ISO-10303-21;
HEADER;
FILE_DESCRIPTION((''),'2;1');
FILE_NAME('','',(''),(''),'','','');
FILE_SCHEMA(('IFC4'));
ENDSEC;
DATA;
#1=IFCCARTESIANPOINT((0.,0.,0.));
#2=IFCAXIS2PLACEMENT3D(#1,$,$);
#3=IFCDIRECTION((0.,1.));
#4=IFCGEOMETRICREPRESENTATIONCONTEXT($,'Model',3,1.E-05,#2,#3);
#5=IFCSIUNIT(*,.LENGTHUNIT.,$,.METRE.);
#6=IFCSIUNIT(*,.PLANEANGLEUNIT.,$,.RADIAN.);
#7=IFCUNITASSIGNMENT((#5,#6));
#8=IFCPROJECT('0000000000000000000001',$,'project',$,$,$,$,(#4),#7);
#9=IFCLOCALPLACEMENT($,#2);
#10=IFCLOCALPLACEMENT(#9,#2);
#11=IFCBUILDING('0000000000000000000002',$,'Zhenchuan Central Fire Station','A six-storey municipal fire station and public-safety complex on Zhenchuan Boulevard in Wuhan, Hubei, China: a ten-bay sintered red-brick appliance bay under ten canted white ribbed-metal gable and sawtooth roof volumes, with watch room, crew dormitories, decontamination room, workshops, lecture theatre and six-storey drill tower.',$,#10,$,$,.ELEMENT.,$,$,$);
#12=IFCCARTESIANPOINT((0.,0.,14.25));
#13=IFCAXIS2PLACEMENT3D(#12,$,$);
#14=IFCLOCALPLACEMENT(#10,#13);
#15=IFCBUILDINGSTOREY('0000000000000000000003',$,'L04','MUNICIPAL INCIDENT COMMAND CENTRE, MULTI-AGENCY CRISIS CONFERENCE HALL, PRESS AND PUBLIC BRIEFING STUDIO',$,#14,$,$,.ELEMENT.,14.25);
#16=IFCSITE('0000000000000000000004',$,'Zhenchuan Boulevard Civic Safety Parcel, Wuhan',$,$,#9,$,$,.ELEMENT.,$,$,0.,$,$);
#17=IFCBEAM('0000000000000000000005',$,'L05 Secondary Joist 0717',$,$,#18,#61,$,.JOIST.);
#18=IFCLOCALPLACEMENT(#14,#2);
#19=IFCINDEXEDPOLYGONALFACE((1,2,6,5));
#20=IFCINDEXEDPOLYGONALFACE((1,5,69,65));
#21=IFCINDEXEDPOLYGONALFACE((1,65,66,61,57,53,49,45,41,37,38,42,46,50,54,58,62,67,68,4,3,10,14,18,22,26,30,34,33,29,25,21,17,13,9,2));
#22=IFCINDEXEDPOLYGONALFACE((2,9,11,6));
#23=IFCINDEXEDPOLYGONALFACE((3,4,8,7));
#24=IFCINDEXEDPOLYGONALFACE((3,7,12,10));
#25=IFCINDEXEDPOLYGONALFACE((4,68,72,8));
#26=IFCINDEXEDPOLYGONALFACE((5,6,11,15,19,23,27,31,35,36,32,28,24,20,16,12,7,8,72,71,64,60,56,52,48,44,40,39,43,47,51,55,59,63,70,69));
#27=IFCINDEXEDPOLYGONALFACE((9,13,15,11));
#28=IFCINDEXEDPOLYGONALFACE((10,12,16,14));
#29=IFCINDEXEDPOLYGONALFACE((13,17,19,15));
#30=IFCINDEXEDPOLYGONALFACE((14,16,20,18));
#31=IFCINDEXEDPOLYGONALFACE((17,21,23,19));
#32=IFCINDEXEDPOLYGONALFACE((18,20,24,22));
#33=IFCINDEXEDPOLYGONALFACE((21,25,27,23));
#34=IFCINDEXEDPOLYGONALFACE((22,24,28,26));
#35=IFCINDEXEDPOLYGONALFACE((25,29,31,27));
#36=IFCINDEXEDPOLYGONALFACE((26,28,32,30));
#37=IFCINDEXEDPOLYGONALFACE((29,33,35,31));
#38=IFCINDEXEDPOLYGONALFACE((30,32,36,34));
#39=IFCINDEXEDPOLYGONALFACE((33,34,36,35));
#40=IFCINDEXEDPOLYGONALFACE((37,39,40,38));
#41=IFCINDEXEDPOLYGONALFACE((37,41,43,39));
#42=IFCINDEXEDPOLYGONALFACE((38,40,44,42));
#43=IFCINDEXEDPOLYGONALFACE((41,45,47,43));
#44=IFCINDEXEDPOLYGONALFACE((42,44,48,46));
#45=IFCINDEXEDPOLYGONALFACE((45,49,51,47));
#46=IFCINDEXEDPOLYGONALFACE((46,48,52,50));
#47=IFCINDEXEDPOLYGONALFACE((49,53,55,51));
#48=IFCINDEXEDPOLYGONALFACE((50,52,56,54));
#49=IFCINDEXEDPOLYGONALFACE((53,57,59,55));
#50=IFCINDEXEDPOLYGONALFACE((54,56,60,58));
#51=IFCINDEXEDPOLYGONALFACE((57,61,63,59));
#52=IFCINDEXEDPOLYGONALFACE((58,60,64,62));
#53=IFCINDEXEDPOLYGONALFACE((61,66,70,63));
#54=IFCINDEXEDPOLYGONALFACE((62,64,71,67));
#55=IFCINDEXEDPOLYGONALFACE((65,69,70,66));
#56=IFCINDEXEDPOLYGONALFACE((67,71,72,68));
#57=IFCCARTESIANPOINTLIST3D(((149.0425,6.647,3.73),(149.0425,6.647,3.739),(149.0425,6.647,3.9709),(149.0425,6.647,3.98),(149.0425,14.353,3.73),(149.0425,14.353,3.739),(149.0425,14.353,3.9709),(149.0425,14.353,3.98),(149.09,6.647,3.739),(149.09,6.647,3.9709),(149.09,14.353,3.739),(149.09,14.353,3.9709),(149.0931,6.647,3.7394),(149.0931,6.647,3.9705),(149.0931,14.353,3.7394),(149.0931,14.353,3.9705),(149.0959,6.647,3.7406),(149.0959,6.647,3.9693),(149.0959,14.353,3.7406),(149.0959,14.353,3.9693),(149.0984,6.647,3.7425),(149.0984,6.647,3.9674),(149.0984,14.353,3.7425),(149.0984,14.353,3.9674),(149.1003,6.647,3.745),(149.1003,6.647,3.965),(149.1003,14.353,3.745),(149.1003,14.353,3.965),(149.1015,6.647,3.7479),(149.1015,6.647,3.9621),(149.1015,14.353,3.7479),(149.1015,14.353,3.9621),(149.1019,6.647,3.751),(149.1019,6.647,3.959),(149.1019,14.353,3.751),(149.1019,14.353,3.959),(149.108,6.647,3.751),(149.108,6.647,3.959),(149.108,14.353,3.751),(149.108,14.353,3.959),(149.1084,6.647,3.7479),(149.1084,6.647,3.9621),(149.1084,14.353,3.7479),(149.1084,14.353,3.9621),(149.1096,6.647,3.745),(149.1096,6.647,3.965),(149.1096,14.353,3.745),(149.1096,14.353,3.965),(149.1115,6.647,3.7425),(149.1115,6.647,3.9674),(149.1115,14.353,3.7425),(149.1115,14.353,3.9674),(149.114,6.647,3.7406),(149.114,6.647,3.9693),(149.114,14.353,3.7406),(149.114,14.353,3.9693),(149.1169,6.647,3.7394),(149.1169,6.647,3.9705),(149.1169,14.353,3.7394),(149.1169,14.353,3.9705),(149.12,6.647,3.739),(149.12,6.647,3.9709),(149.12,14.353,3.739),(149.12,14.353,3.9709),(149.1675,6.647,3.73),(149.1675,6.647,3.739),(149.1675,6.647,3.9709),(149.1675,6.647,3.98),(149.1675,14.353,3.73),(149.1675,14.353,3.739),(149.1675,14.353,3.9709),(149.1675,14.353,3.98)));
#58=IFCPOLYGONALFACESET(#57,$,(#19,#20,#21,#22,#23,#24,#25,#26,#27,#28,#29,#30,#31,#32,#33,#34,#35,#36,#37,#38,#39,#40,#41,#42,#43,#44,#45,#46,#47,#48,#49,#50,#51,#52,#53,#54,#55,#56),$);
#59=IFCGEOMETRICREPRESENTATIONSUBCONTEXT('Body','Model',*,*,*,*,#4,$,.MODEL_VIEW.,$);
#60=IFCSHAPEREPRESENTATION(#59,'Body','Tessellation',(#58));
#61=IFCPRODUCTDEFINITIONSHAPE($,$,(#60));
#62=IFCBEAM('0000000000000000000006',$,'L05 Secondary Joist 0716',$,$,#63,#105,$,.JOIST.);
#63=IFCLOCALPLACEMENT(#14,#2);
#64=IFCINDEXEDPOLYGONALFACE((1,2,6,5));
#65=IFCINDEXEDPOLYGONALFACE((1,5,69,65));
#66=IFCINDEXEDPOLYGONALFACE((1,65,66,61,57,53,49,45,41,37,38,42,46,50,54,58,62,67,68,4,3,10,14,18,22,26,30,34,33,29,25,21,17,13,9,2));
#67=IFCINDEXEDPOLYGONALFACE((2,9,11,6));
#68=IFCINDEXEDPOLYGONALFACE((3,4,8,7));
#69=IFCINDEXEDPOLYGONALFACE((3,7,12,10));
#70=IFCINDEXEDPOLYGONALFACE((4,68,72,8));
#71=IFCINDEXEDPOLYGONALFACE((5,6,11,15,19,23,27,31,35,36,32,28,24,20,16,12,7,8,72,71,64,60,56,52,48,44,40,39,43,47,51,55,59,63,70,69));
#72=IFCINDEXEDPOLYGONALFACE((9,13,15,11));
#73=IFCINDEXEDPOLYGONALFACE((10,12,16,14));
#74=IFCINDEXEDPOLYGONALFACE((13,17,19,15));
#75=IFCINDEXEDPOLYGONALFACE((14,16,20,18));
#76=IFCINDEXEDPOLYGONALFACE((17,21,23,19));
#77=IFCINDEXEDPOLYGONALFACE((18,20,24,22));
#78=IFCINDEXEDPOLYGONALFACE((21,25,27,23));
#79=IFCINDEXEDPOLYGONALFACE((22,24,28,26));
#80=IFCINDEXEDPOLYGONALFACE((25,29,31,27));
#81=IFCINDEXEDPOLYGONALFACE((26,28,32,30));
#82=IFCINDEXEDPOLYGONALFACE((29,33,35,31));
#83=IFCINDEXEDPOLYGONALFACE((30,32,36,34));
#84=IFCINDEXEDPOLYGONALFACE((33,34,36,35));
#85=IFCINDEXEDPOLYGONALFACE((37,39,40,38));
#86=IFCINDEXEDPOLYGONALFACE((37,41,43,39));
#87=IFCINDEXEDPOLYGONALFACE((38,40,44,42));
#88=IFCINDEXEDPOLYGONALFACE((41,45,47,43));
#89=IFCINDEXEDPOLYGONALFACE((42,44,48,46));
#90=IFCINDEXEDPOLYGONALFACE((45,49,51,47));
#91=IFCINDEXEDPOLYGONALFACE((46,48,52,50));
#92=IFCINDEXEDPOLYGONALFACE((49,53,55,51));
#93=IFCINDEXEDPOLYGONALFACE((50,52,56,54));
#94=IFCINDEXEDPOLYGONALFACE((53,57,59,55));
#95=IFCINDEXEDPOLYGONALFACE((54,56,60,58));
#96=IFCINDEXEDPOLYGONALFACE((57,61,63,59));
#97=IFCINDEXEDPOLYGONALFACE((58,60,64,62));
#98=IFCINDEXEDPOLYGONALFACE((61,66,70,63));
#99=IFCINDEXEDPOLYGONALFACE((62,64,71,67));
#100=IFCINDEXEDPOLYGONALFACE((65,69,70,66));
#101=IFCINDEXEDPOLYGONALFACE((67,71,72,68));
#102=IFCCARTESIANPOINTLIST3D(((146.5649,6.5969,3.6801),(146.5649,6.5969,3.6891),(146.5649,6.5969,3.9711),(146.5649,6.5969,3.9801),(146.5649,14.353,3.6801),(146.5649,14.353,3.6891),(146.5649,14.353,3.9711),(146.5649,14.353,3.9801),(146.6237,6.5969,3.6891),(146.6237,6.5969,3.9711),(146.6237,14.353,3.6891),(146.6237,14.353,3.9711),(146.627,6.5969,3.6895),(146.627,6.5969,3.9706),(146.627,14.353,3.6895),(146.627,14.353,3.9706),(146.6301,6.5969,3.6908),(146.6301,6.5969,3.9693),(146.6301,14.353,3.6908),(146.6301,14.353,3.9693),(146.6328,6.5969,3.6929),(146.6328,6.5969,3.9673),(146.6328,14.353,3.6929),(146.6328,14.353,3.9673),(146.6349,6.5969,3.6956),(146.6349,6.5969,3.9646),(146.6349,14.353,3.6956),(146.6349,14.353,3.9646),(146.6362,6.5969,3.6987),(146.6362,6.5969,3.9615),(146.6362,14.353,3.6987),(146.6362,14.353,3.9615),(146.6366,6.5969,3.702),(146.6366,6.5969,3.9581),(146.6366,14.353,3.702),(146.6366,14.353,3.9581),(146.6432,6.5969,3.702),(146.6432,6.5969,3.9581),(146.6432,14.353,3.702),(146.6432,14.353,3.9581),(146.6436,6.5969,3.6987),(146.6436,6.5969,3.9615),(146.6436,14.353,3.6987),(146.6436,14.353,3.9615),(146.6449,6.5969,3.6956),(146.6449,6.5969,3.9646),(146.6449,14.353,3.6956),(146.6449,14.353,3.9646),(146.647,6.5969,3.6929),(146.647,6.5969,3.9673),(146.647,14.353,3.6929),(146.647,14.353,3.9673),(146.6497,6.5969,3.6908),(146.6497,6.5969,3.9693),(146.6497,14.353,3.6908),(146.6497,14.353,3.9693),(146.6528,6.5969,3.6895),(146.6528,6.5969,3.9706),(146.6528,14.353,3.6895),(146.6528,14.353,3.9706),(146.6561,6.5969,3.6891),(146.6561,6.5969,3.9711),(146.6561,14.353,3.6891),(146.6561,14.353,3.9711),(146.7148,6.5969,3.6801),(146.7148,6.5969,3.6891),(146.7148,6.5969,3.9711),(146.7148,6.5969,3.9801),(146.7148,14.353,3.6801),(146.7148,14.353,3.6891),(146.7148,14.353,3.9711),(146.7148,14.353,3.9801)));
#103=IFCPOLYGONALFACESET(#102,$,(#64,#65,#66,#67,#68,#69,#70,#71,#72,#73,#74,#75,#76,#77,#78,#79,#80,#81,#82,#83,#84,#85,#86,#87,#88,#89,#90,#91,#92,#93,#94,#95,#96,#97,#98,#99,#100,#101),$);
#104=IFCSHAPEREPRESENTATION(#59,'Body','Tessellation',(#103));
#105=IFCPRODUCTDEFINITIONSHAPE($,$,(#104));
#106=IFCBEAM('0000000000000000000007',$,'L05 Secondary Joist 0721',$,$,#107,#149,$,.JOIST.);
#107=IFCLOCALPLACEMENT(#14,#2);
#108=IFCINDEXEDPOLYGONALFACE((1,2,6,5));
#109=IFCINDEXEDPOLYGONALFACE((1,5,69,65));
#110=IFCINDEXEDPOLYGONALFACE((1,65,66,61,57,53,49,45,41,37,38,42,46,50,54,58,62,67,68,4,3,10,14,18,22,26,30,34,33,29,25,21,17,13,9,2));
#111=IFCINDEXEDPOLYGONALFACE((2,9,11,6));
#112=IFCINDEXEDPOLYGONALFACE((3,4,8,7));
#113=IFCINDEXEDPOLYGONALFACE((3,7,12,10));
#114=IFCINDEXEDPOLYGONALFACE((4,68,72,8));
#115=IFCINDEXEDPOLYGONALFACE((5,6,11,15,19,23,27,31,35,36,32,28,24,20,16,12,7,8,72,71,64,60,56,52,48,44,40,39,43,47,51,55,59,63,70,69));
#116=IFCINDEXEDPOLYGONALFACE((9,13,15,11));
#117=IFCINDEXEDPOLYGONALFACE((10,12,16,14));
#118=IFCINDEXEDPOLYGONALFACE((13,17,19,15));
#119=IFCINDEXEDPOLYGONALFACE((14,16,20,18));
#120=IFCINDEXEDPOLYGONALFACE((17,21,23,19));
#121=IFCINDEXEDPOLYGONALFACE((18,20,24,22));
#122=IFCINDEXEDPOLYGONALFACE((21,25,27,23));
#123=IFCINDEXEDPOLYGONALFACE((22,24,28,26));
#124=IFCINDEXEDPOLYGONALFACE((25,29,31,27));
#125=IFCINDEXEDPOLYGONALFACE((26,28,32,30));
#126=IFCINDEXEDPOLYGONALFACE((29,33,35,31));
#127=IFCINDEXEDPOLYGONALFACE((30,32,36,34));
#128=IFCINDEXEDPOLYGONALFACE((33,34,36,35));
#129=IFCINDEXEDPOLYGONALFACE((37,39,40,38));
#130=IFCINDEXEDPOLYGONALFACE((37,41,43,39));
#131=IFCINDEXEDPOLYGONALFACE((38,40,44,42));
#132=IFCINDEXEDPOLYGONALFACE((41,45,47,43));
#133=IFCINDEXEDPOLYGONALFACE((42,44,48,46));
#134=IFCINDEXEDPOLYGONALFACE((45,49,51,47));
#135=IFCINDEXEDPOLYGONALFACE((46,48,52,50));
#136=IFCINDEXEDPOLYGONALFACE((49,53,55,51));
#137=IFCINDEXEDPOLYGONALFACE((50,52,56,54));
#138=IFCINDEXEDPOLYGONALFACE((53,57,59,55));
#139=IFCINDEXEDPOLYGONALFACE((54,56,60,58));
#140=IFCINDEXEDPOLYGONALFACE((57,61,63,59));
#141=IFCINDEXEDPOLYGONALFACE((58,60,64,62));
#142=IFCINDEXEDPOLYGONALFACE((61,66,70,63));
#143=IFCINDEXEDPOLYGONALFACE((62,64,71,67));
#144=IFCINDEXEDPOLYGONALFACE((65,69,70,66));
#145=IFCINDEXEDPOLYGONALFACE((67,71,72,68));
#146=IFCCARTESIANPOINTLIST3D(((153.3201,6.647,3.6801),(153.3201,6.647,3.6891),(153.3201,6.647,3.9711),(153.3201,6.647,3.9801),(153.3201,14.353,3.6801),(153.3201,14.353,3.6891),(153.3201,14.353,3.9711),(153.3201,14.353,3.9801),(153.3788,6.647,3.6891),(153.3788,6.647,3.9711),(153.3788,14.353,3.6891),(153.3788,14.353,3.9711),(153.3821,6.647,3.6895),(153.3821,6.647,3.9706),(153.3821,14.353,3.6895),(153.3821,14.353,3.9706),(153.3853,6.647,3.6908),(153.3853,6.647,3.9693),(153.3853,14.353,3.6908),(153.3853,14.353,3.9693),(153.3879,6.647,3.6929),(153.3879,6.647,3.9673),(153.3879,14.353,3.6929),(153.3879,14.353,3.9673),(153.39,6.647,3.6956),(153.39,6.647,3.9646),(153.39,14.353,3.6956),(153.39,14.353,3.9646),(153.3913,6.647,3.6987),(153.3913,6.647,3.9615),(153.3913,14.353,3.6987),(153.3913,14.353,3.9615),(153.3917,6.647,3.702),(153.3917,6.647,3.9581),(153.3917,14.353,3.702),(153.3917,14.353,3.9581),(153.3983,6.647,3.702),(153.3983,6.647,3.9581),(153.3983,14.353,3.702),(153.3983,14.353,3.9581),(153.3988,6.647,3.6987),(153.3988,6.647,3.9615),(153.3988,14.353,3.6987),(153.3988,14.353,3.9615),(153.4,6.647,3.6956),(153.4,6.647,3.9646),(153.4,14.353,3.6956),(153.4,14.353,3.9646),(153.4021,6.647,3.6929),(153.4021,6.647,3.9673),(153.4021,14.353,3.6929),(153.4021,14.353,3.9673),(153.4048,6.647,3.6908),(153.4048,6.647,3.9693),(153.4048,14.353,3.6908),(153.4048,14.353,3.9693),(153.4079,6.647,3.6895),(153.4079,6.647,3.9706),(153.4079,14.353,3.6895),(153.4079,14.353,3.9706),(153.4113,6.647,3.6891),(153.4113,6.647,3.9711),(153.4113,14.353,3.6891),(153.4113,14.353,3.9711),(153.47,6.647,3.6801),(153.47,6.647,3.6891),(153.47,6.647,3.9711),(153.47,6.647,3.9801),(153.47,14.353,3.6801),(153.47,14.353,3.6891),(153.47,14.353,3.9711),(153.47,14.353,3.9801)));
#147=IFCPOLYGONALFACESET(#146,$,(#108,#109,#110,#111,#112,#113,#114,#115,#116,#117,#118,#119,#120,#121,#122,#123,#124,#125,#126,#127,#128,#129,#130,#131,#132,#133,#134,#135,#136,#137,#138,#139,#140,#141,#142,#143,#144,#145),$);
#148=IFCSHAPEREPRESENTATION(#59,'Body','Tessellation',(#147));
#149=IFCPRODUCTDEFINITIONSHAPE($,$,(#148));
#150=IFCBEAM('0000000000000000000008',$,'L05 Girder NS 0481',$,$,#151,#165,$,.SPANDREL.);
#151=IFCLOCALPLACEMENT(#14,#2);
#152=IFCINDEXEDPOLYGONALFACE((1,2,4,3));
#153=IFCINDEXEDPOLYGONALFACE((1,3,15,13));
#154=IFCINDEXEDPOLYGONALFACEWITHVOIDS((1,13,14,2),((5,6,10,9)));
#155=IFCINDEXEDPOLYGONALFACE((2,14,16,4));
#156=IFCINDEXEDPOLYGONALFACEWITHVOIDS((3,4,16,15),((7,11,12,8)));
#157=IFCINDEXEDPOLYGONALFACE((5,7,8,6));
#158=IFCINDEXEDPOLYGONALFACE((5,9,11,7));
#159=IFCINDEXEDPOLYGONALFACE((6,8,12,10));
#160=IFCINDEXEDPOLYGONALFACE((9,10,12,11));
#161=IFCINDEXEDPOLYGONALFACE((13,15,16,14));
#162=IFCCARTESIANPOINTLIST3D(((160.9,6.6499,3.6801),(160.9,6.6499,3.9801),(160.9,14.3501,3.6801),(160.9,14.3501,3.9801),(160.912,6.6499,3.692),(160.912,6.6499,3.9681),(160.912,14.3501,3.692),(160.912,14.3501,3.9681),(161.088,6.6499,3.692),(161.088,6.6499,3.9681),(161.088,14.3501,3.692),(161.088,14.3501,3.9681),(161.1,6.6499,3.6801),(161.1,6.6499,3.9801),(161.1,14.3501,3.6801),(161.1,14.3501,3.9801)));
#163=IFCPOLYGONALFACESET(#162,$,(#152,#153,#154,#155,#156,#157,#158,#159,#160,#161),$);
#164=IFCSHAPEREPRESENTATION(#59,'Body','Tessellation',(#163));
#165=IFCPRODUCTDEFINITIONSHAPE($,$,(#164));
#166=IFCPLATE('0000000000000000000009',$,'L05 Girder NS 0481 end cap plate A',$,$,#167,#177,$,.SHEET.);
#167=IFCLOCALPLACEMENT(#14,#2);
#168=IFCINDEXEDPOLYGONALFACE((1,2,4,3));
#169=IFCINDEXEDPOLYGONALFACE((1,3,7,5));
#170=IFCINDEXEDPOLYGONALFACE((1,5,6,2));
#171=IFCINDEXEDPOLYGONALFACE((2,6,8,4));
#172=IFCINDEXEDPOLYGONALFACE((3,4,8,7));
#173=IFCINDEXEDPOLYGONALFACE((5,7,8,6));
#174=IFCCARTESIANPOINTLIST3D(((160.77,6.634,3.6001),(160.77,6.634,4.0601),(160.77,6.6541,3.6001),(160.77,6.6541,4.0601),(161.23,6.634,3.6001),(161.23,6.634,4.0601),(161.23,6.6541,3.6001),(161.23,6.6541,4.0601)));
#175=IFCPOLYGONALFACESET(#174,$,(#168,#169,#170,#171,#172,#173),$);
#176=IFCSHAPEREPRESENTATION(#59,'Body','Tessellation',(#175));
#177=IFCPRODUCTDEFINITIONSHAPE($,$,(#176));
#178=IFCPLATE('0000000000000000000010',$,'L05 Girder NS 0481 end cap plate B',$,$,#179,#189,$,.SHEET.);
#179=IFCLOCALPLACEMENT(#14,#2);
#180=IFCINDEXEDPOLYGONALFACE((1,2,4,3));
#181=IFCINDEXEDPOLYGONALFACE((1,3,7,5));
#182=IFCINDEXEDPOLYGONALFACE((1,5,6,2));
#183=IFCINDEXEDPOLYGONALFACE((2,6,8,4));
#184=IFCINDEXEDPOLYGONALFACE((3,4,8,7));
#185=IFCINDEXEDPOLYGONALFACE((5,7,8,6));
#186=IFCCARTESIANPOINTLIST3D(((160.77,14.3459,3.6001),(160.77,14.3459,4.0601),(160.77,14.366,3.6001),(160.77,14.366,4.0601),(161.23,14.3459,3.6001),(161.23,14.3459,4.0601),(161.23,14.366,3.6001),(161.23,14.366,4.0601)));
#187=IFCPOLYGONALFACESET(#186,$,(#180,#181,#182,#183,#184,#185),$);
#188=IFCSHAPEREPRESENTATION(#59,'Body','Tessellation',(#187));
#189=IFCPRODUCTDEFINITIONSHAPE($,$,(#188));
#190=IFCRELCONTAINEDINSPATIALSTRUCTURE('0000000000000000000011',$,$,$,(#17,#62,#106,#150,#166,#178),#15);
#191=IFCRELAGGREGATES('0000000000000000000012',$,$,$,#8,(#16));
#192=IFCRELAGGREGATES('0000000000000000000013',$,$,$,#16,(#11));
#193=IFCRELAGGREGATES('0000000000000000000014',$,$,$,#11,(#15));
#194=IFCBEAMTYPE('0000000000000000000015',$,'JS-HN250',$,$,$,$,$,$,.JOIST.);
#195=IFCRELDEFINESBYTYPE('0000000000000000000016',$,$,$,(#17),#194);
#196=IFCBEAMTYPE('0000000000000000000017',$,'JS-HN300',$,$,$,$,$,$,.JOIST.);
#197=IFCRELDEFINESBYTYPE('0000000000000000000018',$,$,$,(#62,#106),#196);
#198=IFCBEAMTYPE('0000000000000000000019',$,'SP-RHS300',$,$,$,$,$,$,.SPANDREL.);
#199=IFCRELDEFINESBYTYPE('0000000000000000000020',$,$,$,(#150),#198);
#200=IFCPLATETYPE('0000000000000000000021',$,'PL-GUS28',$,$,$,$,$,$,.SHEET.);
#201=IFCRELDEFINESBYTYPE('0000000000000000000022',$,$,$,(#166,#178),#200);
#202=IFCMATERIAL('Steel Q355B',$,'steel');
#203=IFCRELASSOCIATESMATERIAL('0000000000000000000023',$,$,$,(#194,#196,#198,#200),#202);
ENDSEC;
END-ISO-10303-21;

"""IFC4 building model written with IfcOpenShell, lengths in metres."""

from ifc_helpers import new_model, si_unit, direction, frame, origin, origin_2d, place, context, subcontext, project, spatial, rectangle, hollow_rectangle, i_section, extrude, material, material_profile, profile_set, type_object, element, save


model = new_model("IFC4")

# Units and contexts
model_context = context("Model", 3, precision=1e-05, world=origin(), true_north=direction((0.0, 1.0)))
body_context = subcontext(model_context, "Body", "Model", "MODEL_VIEW")
ifc_project = project(units=[si_unit("LENGTHUNIT", "METRE"), si_unit("PLANEANGLEUNIT", "RADIAN")], contexts=[model_context])

# Site, building, storey
site_placement = place(None, origin())
site = spatial("IfcSite", under=ifc_project, at=site_placement, Name="Zhenchuan Boulevard Civic Safety Parcel, Wuhan", CompositionType="ELEMENT", RefElevation=0.0)
building_placement = place(site_placement, origin())
building = spatial("IfcBuilding", under=site, at=building_placement, Name="Zhenchuan Central Fire Station", Description="A six-storey municipal fire station and public-safety complex on Zhenchuan Boulevard in Wuhan, Hubei, China: a ten-bay sintered red-brick appliance bay under ten canted white ribbed-metal gable and sawtooth roof volumes, with watch room, crew dormitories, decontamination room, workshops, lecture theatre and six-storey drill tower.", CompositionType="ELEMENT")
storey_placement = place(building_placement, frame((0.0, 0.0, 14.25)))
storey = spatial("IfcBuildingStorey", under=building, at=storey_placement, Name="L04", Description="MUNICIPAL INCIDENT COMMAND CENTRE, MULTI-AGENCY CRISIS CONFERENCE HALL, PRESS AND PUBLIC BRIEFING STUDIO", CompositionType="ELEMENT", Elevation=14.25)

# Shared definitions
ifc_material_1 = material(Name="Steel Q355B", Category="steel")

# Beams
ifc_material_profile_1 = material_profile(ifc_material_1, i_section(OverallWidth=0.125, OverallDepth=0.25, WebThickness=0.0061, FlangeThickness=0.009, FilletRadius=0.012, at=origin_2d()), Name="HN 250x125")
ifc_profile_set_1 = profile_set([ifc_material_profile_1], Name="Steel Q355B")
beam_type_1 = type_object("IfcBeamType", Name="JS-HN250", PredefinedType="JOIST", material=ifc_profile_set_1)
beam_1_placement = place(storey_placement, frame((149.105, 6.647, 3.855), z_axis=(0.0, 1.0, 0.0), x_axis=(-1.0, 0.0, 0.0)))
element("IfcBeam", 1, at=beam_1_placement, inside=storey, type_object=beam_type_1, Name="L05 Secondary Joist 0717", PredefinedType="JOIST", context=body_context, shape_type="SweptSolid", body=[
    extrude(i_section(OverallWidth=0.125, OverallDepth=0.25, WebThickness=0.0061, FlangeThickness=0.009, FilletRadius=0.012, at=origin_2d()), origin(), (0.0, 0.0, 1.0), 7.7061),
])
ifc_material_profile_2 = material_profile(ifc_material_1, i_section(OverallWidth=0.1499, OverallDepth=0.3, WebThickness=0.0066, FlangeThickness=0.009, FilletRadius=0.0129, at=origin_2d()), Name="HN 300x150")
ifc_profile_set_2 = profile_set([ifc_material_profile_2], Name="Steel Q355B")
beam_type_2 = type_object("IfcBeamType", Name="JS-HN300", PredefinedType="JOIST", material=ifc_profile_set_2)
beam_2_placement = place(storey_placement, frame((146.6399, 6.5969, 3.8301), z_axis=(0.0, 1.0, 0.0), x_axis=(-1.0, 0.0, 0.0)))
element("IfcBeam", 2, at=beam_2_placement, inside=storey, type_object=beam_type_2, Name="L05 Secondary Joist 0716", PredefinedType="JOIST", context=body_context, shape_type="SweptSolid", body=[
    extrude(i_section(OverallWidth=0.1499, OverallDepth=0.3, WebThickness=0.0066, FlangeThickness=0.009, FilletRadius=0.0129, at=origin_2d()), origin(), (0.0, 0.0, 1.0), 7.7561),
])
beam_3_placement = place(storey_placement, frame((153.395, 6.647, 3.8301), z_axis=(0.0, 1.0, 0.0), x_axis=(-1.0, 0.0, 0.0)))
element("IfcBeam", 3, at=beam_3_placement, inside=storey, type_object=beam_type_2, Name="L05 Secondary Joist 0721", PredefinedType="JOIST", context=body_context, shape_type="SweptSolid", body=[
    extrude(i_section(OverallWidth=0.1499, OverallDepth=0.3, WebThickness=0.0066, FlangeThickness=0.009, FilletRadius=0.0129, at=origin_2d()), origin(), (0.0, 0.0, 1.0), 7.7061),
])
ifc_material_profile_3 = material_profile(ifc_material_1, hollow_rectangle(XDim=0.2, YDim=0.3, WallThickness=0.012, at=origin_2d()), Name="RHS 300x200x12")
ifc_profile_set_3 = profile_set([ifc_material_profile_3], Name="Steel Q355B")
beam_type_3 = type_object("IfcBeamType", Name="SP-RHS300", PredefinedType="SPANDREL", material=ifc_profile_set_3)
beam_4_placement = place(storey_placement, frame((161.0, 6.6499, 3.8301), z_axis=(0.0, 1.0, 0.0), x_axis=(-1.0, 0.0, 0.0)))
element("IfcBeam", 4, at=beam_4_placement, inside=storey, type_object=beam_type_3, Name="L05 Girder NS 0481", PredefinedType="SPANDREL", context=body_context, shape_type="SweptSolid", body=[
    extrude(hollow_rectangle(XDim=0.2, YDim=0.3, WallThickness=0.012, at=origin_2d()), origin(), (0.0, 0.0, 1.0), 7.7002),
])

# Plates
ifc_material_profile_4 = material_profile(ifc_material_1, rectangle(XDim=0.46, YDim=0.46, at=origin_2d()), Name="PL 460x460x28")
ifc_profile_set_4 = profile_set([ifc_material_profile_4], Name="Steel Q355B")
plate_type = type_object("IfcPlateType", Name="PL-GUS28", PredefinedType="SHEET", material=ifc_profile_set_4)
for number, where, z_axis, x_axis, name in (
    (5, (161.0, 6.634, 3.8301), (0.0, 1.0, 0.0), (-1.0, 0.0, 0.0), "L05 Girder NS 0481 end cap plate A"),
    (6, (161.0, 14.3459, 3.8301), (0.0, 1.0, 0.0), (-1.0, 0.0, 0.0), "L05 Girder NS 0481 end cap plate B"),
):
    element("IfcPlate", number, at=place(storey_placement, frame(where, z_axis=z_axis, x_axis=x_axis)), inside=storey, type_object=plate_type, Name=name, PredefinedType="SHEET", context=body_context, shape_type="SweptSolid", body=[
        extrude(rectangle(XDim=0.46, YDim=0.46, at=origin_2d()), origin(), (0.0, 0.0, 1.0), 0.02),
    ])

save(model, "model.ifc")
